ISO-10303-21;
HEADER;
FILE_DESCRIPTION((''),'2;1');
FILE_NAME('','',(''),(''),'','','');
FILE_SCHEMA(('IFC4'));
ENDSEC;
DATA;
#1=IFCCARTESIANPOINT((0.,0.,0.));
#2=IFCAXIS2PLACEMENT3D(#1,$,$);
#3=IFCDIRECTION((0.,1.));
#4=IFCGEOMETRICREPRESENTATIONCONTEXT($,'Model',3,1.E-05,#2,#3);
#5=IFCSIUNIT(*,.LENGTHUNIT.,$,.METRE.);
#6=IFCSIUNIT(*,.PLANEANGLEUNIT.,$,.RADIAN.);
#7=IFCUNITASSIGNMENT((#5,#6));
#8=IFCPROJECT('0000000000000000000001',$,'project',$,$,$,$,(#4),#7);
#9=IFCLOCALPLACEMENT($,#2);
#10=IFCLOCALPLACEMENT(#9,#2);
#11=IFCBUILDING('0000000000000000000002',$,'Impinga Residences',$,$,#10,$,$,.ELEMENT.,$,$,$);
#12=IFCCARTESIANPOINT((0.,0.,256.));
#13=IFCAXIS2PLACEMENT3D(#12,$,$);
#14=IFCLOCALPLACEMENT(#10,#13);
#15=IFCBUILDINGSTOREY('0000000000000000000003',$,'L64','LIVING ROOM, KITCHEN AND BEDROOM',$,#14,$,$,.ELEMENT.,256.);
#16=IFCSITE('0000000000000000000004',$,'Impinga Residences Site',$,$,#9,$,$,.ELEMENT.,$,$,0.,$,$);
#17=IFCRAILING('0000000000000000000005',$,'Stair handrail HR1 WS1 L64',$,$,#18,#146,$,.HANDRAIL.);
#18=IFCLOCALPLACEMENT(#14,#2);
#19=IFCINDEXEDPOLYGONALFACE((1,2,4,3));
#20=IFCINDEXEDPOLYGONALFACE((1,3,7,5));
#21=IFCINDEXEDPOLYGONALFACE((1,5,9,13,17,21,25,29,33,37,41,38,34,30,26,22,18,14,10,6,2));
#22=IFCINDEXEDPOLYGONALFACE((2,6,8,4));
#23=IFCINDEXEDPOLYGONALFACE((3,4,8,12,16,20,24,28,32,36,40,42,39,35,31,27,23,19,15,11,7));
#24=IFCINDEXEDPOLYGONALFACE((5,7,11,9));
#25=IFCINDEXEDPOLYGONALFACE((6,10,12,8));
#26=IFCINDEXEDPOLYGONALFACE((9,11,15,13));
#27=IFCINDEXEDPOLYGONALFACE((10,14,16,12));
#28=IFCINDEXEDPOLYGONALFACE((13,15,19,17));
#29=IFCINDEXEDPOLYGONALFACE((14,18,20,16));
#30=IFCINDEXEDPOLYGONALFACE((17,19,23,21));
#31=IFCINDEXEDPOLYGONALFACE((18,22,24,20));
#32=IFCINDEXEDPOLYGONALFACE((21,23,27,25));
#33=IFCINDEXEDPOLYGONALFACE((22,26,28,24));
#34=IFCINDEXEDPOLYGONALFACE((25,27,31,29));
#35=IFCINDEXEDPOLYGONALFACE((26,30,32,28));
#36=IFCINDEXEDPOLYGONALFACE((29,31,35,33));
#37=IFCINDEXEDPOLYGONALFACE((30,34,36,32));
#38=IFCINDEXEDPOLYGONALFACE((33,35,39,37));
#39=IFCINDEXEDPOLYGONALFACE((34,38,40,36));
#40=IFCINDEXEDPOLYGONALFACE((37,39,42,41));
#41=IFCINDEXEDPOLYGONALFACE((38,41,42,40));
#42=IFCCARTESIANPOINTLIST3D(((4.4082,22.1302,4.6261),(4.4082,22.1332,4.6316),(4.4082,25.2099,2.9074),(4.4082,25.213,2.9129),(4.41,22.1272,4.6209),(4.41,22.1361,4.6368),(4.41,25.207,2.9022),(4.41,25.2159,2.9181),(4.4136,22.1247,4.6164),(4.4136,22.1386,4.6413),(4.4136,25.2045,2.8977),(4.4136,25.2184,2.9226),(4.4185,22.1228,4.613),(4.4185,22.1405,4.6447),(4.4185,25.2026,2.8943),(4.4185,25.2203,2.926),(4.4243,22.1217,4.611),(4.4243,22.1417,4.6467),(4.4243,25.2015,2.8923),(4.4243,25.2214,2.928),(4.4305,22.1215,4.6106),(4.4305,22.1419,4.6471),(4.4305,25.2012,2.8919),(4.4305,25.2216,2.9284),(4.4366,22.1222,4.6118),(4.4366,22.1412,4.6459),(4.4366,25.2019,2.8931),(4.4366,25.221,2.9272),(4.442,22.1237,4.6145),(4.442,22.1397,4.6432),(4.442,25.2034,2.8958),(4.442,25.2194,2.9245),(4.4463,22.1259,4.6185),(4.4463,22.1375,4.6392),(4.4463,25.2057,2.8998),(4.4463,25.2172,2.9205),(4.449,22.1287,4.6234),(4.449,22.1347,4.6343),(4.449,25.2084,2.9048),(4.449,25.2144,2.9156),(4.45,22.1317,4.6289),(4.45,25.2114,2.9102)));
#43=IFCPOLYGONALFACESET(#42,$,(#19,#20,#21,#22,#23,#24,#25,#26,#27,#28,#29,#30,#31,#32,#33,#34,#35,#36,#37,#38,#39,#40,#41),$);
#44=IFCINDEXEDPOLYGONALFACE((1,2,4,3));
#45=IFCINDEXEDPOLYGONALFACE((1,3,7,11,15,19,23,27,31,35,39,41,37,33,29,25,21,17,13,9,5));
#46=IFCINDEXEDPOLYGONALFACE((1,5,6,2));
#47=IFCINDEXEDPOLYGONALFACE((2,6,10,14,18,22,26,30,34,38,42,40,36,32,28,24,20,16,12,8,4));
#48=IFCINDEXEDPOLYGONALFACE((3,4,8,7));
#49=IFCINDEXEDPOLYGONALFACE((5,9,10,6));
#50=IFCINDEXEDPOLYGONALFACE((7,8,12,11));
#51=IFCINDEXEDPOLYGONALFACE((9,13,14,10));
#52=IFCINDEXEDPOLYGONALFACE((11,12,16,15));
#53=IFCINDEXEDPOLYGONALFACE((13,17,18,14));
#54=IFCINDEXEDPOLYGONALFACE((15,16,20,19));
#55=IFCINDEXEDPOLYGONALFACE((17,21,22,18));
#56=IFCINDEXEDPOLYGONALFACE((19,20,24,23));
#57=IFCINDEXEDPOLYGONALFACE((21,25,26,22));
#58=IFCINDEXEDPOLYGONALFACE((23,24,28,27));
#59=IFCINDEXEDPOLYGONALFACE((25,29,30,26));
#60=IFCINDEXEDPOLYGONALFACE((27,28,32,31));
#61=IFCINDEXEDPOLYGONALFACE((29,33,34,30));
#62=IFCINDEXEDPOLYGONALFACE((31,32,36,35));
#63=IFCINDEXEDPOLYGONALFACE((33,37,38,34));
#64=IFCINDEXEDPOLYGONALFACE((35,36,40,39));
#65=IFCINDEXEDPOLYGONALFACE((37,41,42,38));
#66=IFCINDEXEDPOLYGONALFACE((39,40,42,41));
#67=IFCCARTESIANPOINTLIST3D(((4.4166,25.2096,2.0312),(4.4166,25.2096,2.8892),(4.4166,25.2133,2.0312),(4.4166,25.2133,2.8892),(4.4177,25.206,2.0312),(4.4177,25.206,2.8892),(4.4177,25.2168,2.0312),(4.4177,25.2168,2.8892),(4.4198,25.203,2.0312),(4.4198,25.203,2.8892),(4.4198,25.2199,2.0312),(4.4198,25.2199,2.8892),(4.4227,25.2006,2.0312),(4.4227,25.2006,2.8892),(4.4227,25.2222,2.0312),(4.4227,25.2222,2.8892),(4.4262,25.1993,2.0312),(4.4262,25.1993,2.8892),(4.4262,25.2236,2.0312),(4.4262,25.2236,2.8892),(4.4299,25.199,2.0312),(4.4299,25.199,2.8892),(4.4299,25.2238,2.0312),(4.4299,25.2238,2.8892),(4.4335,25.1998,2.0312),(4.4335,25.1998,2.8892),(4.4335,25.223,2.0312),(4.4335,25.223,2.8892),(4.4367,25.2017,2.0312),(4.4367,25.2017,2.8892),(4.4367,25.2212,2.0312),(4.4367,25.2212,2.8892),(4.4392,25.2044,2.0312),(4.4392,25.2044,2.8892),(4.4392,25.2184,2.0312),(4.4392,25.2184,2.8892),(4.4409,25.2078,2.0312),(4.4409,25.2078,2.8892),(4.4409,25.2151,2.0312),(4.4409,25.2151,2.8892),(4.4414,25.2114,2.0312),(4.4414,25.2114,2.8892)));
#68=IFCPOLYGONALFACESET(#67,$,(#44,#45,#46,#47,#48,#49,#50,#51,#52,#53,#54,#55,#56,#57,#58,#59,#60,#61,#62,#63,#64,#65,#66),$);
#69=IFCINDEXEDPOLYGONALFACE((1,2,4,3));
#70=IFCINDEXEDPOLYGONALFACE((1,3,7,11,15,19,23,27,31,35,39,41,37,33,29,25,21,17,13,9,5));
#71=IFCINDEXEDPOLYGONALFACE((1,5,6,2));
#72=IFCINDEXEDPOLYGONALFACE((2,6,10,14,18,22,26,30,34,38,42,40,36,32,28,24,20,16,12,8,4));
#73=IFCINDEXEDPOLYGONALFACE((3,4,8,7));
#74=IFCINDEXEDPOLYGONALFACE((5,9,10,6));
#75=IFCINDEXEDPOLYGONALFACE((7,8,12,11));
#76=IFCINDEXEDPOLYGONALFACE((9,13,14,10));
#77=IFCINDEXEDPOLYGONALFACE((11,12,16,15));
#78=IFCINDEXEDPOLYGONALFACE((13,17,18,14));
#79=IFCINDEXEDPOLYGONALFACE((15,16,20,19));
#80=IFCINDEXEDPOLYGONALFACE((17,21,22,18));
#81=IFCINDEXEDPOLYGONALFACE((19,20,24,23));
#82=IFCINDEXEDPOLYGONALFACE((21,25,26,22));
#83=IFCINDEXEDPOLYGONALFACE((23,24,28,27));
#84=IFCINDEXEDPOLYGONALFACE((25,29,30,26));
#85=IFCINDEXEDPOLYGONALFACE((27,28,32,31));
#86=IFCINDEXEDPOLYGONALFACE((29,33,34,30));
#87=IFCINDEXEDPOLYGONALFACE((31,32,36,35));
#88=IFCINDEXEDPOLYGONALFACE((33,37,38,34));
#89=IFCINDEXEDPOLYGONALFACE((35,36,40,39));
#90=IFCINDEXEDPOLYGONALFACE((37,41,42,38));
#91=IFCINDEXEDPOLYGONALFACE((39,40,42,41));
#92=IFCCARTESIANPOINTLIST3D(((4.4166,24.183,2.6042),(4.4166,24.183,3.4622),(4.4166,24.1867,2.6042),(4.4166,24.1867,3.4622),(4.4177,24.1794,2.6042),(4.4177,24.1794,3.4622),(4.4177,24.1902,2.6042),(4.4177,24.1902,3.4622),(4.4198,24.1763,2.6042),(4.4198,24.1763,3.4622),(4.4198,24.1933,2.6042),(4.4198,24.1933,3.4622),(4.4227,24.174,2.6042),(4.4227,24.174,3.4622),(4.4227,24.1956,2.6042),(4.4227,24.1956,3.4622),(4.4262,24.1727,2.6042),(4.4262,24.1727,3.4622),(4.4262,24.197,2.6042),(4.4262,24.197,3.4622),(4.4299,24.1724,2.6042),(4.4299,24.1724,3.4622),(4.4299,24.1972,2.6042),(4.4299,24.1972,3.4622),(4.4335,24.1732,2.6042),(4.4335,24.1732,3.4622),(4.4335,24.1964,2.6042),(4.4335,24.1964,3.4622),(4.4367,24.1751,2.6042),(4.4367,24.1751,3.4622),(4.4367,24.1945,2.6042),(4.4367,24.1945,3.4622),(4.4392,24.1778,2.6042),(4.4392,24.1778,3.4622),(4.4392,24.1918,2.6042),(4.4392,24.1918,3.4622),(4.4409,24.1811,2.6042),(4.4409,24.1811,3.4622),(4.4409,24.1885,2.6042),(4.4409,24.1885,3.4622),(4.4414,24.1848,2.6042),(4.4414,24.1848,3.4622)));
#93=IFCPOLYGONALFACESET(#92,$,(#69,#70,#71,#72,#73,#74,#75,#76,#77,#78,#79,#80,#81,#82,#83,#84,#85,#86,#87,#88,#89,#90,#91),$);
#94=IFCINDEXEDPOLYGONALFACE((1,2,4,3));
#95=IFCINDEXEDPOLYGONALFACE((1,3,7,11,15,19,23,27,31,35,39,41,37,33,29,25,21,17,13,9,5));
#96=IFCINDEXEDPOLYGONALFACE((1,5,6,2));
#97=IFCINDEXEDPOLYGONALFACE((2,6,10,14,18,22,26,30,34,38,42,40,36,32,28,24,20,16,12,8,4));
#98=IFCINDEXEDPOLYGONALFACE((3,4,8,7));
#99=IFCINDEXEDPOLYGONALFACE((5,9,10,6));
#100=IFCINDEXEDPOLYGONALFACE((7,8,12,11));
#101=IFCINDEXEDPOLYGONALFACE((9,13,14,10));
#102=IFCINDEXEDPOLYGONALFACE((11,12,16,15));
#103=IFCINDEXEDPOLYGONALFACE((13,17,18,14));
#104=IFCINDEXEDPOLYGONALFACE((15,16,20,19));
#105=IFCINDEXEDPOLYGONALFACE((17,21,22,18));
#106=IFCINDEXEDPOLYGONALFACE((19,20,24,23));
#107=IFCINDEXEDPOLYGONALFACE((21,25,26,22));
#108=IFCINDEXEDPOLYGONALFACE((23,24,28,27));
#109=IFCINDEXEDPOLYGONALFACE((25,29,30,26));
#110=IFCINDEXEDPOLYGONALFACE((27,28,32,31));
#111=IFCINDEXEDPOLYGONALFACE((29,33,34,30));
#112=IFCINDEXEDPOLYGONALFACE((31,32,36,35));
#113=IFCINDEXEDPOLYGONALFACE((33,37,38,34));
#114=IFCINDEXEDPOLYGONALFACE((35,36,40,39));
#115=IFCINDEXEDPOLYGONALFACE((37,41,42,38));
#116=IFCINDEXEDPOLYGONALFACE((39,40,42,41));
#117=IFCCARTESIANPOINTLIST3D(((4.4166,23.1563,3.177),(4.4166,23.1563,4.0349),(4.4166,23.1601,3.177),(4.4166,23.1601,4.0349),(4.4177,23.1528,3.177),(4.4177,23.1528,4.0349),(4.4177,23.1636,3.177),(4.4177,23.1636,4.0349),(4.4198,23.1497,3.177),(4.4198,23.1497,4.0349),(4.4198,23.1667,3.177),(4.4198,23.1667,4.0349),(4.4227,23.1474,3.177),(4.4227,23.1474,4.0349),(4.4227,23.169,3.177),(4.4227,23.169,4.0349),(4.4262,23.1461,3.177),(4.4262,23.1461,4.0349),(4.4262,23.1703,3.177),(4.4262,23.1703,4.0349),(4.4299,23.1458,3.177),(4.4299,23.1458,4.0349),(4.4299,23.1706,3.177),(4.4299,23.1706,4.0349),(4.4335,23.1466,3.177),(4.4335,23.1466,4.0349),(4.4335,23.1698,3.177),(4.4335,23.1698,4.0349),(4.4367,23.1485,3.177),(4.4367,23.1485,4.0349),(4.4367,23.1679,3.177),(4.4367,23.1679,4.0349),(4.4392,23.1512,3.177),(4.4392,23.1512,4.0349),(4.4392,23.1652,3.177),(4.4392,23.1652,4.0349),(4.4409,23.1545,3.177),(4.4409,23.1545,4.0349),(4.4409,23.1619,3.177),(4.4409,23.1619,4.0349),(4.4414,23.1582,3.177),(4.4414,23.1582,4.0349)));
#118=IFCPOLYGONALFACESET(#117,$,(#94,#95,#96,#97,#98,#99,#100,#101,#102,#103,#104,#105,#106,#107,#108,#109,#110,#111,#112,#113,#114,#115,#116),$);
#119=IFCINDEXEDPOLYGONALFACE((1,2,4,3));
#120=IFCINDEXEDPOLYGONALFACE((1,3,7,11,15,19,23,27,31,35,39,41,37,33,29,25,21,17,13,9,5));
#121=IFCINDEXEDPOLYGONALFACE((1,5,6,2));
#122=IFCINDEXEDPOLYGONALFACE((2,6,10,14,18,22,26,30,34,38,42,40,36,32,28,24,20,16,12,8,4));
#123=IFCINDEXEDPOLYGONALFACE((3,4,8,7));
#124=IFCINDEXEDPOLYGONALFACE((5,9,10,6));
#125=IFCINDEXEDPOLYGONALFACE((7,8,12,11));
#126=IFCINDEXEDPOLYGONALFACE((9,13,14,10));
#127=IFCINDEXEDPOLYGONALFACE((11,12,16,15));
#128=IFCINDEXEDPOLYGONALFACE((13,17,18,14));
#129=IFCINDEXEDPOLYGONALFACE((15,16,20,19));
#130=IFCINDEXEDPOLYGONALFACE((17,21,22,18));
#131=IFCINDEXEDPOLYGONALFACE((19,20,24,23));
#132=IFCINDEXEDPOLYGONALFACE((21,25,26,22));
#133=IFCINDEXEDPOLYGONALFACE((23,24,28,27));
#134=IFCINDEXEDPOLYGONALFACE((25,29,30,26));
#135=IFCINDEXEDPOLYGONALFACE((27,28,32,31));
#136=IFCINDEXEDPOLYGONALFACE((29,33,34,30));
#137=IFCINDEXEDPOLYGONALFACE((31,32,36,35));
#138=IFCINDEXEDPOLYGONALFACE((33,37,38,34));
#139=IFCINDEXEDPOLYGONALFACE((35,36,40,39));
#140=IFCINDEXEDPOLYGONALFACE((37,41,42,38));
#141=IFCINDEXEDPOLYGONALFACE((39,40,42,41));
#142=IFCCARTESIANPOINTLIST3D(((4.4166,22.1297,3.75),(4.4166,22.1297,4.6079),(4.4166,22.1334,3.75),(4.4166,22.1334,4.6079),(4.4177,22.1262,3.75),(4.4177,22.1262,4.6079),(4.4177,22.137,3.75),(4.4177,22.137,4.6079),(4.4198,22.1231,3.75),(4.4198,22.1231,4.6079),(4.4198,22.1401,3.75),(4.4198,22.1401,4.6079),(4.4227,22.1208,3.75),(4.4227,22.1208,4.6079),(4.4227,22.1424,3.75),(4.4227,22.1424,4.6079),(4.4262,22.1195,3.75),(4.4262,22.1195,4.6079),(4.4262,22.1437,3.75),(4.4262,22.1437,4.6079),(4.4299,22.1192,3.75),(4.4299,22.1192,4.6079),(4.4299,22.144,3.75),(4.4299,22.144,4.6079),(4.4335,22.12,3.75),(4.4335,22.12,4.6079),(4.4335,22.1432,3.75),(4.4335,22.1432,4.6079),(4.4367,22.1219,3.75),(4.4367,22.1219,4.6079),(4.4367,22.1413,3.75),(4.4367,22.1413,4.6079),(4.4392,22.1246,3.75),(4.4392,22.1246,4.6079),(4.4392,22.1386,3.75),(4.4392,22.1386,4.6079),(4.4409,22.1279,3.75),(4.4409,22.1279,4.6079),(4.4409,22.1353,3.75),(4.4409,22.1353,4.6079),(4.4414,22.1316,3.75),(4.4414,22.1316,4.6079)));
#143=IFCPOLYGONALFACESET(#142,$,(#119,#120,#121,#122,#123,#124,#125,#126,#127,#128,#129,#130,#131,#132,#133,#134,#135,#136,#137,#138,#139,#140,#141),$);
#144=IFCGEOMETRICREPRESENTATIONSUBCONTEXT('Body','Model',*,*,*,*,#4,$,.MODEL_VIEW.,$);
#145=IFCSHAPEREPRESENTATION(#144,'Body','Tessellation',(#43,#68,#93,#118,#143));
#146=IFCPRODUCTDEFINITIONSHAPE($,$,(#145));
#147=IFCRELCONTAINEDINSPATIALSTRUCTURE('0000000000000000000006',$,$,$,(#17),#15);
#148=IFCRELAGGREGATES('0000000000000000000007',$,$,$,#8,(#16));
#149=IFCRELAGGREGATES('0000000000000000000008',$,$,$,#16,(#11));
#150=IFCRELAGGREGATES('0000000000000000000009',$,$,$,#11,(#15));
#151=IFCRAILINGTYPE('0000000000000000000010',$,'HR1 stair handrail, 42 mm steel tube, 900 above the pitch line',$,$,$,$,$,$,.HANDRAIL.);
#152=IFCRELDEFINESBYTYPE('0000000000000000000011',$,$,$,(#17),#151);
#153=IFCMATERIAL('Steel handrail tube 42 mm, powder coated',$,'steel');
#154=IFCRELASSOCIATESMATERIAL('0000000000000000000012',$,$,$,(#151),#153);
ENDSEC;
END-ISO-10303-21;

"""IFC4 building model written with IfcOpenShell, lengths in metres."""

from ifc_helpers import new_model, si_unit, direction, frame, origin, origin_2d, place, context, subcontext, project, spatial, circle, extrude, material, type_object, element, save


model = new_model("IFC4")

# Units and contexts
model_context = context("Model", 3, precision=1e-05, world=origin(), true_north=direction((0.0, 1.0)))
body_context = subcontext(model_context, "Body", "Model", "MODEL_VIEW")
ifc_project = project(units=[si_unit("LENGTHUNIT", "METRE"), si_unit("PLANEANGLEUNIT", "RADIAN")], contexts=[model_context])

# Site, building, storey
site_placement = place(None, origin())
site = spatial("IfcSite", under=ifc_project, at=site_placement, Name="Impinga Residences Site", CompositionType="ELEMENT", RefElevation=0.0)
building_placement = place(site_placement, origin())
building = spatial("IfcBuilding", under=site, at=building_placement, Name="Impinga Residences", CompositionType="ELEMENT")
storey_placement = place(building_placement, frame((0.0, 0.0, 256.0)))
storey = spatial("IfcBuildingStorey", under=building, at=storey_placement, Name="L64", Description="LIVING ROOM, KITCHEN AND BEDROOM", CompositionType="ELEMENT", Elevation=256.0)

# Railing
ifc_material_1 = material(Name="Steel handrail tube 42 mm, powder coated", Category="steel")
railing_type_1 = type_object("IfcRailingType", Name="HR1 stair handrail, 42 mm steel tube, 900 above the pitch line", PredefinedType="HANDRAIL", material=ifc_material_1)
railing_1_placement = place(storey_placement, frame((4.429, 25.2114, 2.0312)))
element("IfcRailing", 1, at=railing_1_placement, inside=storey, type_object=railing_type_1, Name="Stair handrail HR1 WS1 L64", PredefinedType="HANDRAIL", context=body_context, shape_type="SweptSolid", body=[
    extrude(circle(Radius=0.021, at=origin_2d()), frame((0.0, 0.0, 0.8789), z_axis=(0.0, -0.873225, 0.487317), x_axis=(1.0, 0.0, 0.0)), (0.0, 0.0, 1.0), 3.5269),
    extrude(circle(Radius=0.0125, at=origin_2d()), origin(), (0.0, 0.0, 1.0), 0.8579),
    extrude(circle(Radius=0.0125, at=origin_2d()), frame((0.0, -1.0266, 0.573)), (0.0, 0.0, 1.0), 0.8579),
    extrude(circle(Radius=0.0125, at=origin_2d()), frame((0.0, -2.0532, 1.1458)), (0.0, 0.0, 1.0), 0.8579),
    extrude(circle(Radius=0.0125, at=origin_2d()), frame((0.0, -3.0798, 1.7188)), (0.0, 0.0, 1.0), 0.8579),
])

save(model, "model.ifc")
